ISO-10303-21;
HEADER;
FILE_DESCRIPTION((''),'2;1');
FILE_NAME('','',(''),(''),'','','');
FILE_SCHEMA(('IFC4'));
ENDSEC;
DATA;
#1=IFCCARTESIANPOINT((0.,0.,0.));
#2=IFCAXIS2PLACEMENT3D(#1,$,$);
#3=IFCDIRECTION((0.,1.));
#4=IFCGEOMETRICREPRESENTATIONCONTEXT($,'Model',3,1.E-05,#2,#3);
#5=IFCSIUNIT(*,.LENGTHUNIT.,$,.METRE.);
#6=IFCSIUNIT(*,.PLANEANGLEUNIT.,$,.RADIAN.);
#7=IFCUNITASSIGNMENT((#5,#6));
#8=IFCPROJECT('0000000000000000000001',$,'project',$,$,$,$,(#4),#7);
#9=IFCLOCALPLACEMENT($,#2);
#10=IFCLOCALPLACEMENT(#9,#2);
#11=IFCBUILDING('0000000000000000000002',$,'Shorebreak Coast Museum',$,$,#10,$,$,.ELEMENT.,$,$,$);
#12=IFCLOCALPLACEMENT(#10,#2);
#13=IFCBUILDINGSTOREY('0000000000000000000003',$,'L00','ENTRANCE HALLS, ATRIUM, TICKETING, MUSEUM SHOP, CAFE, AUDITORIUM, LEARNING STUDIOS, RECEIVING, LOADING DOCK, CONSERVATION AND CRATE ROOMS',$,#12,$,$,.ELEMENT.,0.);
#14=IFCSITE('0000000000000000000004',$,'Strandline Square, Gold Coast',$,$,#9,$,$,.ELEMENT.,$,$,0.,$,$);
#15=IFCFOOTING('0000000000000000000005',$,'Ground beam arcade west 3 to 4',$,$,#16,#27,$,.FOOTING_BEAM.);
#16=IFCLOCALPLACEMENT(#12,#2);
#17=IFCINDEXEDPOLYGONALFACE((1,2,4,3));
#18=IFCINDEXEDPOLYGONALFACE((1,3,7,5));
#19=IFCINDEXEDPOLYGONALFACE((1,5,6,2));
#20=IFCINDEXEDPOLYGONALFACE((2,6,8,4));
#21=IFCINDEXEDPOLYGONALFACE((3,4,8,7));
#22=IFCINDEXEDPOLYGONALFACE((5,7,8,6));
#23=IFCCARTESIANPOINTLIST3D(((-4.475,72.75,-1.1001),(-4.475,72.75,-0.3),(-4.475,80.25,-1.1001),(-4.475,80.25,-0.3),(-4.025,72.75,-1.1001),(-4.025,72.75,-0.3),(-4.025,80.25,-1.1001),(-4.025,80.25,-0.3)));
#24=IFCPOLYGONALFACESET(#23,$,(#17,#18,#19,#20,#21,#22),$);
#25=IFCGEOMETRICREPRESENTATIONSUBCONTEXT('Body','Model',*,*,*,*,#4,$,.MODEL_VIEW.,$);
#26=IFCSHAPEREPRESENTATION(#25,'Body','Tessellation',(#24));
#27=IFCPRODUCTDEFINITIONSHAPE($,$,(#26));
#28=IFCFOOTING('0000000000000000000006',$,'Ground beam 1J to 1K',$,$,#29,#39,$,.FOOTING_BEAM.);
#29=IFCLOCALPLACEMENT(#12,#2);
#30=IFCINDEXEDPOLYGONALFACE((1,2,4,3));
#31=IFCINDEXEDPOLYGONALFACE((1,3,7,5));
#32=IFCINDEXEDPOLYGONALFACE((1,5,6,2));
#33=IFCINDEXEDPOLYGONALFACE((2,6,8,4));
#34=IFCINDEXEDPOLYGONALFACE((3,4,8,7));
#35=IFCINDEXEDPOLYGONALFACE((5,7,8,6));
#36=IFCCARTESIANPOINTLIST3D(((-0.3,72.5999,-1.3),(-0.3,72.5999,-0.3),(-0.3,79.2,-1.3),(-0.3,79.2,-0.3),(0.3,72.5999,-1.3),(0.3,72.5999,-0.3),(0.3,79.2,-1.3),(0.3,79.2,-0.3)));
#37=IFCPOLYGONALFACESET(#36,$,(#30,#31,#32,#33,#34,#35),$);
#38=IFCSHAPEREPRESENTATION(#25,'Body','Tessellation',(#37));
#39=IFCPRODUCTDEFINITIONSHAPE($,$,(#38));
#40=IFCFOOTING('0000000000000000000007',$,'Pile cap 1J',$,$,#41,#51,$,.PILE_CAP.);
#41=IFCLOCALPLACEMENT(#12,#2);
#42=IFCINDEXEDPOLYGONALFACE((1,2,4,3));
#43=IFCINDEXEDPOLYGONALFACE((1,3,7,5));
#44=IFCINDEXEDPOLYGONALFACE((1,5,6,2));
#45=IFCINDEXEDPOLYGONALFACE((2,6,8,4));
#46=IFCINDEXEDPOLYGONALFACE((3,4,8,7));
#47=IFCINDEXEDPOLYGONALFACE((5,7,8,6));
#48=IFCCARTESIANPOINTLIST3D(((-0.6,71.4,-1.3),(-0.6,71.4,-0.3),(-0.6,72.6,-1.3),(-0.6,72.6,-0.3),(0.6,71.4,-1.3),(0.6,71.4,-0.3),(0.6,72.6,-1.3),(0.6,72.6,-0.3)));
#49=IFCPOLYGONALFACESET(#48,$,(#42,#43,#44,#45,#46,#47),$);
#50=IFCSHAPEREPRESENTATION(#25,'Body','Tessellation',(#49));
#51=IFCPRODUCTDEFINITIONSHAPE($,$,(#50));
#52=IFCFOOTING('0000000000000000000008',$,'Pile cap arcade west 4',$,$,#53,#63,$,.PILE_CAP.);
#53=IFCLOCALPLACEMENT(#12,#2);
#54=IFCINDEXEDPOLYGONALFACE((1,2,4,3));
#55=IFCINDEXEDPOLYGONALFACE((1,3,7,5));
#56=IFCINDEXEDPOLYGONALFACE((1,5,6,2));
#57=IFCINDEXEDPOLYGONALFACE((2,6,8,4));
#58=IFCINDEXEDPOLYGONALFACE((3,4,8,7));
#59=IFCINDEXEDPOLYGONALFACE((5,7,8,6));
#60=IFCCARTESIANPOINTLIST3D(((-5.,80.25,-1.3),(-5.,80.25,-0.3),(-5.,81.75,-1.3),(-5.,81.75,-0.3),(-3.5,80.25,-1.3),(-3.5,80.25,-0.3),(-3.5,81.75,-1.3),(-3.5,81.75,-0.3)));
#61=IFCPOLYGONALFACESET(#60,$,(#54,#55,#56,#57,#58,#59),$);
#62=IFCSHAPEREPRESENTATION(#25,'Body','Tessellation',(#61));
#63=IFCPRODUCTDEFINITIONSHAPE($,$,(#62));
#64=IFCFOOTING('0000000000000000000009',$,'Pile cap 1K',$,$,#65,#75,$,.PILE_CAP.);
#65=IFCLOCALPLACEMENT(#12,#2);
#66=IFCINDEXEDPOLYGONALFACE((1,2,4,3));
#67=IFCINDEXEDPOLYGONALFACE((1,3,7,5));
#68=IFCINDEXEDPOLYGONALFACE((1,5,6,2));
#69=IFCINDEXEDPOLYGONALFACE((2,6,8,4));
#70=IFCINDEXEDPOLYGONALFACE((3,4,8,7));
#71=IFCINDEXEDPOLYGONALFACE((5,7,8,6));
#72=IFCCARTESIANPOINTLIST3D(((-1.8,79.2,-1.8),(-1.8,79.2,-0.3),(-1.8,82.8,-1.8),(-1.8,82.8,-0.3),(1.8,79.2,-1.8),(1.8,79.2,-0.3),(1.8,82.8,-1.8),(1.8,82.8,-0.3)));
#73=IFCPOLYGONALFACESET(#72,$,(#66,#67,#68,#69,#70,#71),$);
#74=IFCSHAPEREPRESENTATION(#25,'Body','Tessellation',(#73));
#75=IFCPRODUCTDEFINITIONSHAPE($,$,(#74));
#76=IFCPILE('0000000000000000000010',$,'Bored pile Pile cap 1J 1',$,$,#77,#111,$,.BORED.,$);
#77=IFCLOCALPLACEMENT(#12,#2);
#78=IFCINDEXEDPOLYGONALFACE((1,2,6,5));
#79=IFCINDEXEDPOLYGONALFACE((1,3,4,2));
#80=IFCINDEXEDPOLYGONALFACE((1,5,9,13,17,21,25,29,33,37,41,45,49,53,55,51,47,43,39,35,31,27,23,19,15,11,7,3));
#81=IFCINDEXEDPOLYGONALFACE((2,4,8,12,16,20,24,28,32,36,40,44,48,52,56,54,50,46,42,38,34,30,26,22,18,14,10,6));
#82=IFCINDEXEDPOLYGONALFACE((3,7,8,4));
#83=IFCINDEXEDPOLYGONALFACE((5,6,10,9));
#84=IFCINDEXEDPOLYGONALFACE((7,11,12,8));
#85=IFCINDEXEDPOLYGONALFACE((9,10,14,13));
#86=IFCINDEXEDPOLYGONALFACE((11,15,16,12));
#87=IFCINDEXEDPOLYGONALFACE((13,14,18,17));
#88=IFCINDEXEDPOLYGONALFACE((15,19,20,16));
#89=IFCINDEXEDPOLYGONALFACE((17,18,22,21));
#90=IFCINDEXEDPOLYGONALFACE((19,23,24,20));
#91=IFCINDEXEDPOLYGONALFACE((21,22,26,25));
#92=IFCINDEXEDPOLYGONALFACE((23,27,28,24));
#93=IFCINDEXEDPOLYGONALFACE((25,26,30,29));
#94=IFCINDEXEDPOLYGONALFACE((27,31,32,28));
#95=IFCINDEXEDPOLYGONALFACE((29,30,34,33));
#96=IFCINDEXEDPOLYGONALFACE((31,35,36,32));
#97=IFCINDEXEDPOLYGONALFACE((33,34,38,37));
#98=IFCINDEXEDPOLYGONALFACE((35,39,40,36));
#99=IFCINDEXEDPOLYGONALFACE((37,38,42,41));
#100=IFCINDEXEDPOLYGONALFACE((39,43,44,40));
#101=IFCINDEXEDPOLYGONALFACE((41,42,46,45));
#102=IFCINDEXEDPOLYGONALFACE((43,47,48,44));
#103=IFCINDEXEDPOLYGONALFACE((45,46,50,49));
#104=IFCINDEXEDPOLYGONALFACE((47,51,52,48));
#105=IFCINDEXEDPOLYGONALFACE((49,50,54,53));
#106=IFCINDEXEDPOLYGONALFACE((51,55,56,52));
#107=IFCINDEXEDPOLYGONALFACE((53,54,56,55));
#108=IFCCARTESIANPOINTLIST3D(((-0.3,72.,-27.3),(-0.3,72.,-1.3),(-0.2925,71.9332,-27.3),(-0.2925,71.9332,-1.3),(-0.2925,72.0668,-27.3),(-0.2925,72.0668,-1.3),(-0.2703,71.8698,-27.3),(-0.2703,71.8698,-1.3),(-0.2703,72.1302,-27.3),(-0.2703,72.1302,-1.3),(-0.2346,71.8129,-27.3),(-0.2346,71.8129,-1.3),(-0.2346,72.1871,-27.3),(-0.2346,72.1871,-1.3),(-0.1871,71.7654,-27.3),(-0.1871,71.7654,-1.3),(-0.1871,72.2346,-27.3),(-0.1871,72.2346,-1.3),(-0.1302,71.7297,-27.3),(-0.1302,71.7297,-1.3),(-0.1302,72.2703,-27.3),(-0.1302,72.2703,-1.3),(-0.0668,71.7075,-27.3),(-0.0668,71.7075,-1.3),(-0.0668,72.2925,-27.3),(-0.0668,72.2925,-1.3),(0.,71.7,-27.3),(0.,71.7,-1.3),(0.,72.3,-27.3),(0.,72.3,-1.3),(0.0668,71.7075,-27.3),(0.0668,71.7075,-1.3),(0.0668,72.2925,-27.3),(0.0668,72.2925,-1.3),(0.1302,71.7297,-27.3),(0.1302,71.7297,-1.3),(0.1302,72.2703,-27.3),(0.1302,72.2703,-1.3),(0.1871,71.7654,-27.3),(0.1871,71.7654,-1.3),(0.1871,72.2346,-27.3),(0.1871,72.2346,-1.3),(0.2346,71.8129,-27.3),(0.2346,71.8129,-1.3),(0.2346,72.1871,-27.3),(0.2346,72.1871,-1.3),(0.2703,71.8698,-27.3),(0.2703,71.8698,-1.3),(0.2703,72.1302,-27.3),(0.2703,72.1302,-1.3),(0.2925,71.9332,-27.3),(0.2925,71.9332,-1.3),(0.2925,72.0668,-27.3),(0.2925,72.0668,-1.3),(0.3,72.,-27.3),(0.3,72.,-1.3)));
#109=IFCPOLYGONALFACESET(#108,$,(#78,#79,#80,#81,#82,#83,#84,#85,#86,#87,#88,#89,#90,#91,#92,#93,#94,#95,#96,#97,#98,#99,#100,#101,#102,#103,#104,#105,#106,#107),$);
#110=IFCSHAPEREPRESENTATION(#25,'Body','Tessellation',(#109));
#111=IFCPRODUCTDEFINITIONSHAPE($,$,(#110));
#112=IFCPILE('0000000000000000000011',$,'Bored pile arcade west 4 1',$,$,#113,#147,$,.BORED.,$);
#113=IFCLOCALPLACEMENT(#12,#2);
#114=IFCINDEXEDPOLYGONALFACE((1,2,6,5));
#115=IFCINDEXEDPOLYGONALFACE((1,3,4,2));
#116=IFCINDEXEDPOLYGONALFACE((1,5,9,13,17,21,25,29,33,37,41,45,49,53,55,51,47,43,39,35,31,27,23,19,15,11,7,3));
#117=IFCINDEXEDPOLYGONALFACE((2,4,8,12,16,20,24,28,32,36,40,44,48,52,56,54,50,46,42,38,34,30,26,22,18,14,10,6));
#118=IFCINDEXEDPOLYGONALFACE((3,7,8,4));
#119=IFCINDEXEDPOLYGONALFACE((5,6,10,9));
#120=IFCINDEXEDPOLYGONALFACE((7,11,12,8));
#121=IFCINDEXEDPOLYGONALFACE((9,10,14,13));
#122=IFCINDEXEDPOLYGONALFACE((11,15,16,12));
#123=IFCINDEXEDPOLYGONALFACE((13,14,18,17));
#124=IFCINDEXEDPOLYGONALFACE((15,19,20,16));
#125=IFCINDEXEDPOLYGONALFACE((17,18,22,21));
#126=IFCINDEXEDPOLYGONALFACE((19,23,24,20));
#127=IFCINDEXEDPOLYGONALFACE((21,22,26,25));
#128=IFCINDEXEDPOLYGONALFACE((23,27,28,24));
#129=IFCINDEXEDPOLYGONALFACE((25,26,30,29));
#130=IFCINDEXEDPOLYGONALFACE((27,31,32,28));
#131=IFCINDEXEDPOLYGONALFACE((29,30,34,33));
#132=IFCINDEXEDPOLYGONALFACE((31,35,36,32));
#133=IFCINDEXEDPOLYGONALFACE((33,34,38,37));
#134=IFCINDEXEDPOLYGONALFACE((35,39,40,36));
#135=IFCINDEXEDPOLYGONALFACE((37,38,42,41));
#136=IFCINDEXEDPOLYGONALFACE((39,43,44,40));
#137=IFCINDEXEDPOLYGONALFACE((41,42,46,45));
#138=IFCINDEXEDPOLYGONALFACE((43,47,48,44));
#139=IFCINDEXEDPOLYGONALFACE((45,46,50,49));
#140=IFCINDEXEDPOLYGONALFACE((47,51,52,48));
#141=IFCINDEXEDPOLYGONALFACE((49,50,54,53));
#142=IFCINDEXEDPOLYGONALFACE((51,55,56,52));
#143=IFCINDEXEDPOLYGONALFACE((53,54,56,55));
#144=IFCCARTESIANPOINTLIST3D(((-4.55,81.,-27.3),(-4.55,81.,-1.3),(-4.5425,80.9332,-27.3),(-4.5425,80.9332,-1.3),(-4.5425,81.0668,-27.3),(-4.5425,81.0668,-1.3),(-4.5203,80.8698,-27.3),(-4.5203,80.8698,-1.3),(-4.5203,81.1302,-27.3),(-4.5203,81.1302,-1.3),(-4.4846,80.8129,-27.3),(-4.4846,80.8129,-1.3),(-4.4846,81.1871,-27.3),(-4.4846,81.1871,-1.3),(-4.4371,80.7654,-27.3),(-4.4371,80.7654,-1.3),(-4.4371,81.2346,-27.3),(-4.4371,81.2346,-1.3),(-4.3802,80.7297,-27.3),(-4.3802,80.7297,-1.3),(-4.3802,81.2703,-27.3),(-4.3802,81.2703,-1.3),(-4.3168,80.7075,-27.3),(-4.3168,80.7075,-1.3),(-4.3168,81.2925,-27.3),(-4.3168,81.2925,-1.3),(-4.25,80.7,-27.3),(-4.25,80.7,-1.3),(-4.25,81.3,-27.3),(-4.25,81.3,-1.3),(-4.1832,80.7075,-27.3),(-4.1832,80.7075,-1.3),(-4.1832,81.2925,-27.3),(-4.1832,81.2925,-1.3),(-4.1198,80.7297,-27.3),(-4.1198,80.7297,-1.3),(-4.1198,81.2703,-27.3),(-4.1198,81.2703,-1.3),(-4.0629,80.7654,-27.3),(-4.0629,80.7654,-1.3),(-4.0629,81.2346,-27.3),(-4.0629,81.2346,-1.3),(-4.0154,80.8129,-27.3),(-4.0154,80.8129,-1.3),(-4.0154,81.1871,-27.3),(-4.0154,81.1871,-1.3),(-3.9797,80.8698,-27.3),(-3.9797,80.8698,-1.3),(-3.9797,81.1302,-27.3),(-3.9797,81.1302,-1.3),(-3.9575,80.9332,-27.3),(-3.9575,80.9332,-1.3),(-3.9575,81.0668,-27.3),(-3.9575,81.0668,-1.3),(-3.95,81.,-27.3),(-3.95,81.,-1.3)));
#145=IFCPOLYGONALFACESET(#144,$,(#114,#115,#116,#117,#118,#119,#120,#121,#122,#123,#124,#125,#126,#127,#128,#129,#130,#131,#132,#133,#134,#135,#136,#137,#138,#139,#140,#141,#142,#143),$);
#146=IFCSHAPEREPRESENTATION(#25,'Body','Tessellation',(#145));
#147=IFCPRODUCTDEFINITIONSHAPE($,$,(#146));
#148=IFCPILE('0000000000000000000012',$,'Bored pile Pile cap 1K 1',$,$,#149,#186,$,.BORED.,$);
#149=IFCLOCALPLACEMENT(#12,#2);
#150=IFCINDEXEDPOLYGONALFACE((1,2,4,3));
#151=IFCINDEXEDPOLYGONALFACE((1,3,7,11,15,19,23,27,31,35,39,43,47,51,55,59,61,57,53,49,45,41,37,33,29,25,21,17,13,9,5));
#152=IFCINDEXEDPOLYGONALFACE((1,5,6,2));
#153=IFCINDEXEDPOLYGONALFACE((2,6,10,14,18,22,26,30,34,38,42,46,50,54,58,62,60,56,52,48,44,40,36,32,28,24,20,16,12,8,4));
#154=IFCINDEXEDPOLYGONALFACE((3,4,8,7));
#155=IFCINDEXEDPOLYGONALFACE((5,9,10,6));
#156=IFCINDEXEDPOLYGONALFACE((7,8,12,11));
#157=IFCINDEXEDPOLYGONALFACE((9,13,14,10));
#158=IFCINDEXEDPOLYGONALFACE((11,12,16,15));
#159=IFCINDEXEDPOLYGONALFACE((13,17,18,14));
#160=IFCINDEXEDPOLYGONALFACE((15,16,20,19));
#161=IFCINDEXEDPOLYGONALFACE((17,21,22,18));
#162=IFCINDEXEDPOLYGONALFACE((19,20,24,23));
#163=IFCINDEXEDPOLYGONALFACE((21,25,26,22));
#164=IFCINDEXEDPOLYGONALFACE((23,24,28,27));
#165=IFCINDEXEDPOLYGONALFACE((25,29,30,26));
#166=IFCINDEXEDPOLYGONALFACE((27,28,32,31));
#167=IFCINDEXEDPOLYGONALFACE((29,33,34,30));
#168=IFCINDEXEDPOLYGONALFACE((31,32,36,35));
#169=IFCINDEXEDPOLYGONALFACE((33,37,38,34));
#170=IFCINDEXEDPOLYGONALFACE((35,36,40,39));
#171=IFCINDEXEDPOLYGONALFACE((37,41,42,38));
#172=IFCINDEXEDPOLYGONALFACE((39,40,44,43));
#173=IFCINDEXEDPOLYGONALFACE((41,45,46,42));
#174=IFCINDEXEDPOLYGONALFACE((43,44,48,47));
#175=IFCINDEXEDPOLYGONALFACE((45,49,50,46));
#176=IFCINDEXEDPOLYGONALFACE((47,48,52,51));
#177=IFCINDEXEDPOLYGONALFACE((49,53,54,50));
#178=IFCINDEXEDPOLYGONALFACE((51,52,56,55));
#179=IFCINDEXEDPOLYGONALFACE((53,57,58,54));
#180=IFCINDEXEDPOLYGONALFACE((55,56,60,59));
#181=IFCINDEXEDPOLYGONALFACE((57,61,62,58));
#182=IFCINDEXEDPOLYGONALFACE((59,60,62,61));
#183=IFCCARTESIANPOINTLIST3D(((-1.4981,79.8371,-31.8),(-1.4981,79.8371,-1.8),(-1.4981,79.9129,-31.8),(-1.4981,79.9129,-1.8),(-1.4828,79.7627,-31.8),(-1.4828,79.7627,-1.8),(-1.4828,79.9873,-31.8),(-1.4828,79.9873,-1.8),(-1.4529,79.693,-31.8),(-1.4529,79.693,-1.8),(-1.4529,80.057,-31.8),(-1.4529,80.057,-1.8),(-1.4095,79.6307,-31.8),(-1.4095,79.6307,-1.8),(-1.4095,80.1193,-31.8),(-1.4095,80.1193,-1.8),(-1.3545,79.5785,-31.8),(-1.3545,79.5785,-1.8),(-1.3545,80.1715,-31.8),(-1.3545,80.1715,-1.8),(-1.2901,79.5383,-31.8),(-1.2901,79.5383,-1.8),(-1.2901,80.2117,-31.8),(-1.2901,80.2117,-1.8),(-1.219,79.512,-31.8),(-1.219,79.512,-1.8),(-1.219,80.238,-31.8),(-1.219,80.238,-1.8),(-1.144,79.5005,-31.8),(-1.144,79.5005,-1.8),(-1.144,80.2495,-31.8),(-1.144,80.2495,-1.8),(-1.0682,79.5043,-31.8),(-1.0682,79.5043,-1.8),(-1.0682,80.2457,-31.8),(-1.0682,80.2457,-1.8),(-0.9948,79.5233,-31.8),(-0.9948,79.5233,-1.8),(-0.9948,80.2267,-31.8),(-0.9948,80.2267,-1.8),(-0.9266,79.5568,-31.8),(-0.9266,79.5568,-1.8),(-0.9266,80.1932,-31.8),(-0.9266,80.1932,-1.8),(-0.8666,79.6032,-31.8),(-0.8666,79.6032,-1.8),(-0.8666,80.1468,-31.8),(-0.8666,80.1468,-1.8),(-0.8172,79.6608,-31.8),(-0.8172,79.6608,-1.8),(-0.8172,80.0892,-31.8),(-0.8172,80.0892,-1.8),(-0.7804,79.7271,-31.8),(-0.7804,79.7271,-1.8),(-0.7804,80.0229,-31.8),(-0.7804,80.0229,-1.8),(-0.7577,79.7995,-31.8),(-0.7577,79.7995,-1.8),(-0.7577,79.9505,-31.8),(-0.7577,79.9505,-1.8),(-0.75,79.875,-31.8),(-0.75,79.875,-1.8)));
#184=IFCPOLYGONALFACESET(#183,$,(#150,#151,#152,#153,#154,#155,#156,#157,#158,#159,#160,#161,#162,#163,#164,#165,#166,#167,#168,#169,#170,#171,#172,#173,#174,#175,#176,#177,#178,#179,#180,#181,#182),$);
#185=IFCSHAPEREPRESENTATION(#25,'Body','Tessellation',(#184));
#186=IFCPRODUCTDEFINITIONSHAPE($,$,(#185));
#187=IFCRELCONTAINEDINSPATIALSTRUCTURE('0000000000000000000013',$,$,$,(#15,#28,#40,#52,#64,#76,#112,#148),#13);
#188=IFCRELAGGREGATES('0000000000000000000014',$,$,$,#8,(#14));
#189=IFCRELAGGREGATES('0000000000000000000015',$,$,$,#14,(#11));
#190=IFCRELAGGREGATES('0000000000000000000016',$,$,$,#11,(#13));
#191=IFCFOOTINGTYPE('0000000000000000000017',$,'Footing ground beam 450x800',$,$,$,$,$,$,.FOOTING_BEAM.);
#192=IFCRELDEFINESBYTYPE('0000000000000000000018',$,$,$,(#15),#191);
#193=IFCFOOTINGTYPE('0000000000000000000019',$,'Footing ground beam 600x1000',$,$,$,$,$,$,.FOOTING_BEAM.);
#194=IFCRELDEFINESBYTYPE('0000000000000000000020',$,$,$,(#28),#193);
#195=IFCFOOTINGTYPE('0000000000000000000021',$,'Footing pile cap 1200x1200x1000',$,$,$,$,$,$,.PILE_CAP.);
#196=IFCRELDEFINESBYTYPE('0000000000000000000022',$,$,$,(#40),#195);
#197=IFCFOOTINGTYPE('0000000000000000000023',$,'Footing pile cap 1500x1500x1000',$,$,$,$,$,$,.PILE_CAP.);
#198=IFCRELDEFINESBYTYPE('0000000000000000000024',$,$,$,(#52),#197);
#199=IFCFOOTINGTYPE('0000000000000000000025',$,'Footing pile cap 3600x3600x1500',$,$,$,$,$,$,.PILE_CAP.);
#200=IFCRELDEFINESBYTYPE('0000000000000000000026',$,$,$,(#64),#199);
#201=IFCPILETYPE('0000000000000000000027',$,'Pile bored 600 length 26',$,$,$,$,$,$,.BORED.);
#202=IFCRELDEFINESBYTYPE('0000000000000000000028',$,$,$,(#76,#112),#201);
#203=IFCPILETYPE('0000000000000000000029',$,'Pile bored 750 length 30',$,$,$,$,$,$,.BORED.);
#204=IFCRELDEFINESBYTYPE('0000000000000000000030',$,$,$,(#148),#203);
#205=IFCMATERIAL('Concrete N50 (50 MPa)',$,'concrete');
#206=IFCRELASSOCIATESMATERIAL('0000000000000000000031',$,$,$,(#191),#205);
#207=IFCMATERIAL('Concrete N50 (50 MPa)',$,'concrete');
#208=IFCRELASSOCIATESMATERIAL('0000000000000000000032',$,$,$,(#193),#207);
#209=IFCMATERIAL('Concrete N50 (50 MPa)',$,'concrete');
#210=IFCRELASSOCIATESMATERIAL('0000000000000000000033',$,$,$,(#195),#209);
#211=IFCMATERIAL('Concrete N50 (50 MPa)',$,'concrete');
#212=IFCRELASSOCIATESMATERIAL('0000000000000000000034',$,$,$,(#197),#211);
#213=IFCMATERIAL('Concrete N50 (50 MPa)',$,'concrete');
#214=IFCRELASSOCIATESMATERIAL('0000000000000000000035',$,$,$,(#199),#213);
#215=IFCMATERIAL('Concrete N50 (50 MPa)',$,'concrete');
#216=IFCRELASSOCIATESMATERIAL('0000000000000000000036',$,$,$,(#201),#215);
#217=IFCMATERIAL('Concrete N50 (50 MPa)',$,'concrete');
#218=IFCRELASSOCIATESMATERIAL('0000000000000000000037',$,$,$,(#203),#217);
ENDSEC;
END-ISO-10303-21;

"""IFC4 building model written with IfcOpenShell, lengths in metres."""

from ifc_helpers import new_model, si_unit, direction, frame, origin, origin_2d, place, context, subcontext, project, spatial, rectangle, circle, extrude, material, material_profile, profile_set, type_object, element, save


model = new_model("IFC4")

# Units and contexts
model_context = context("Model", 3, precision=1e-05, world=origin(), true_north=direction((0.0, 1.0)))
body_context = subcontext(model_context, "Body", "Model", "MODEL_VIEW")
ifc_project = project(units=[si_unit("LENGTHUNIT", "METRE"), si_unit("PLANEANGLEUNIT", "RADIAN")], contexts=[model_context])

# Site, building, storey
site_placement = place(None, origin())
site = spatial("IfcSite", under=ifc_project, at=site_placement, Name="Strandline Square, Gold Coast", CompositionType="ELEMENT", RefElevation=0.0)
building_placement = place(site_placement, origin())
building = spatial("IfcBuilding", under=site, at=building_placement, Name="Shorebreak Coast Museum", CompositionType="ELEMENT")
storey_placement = place(building_placement, origin())
storey = spatial("IfcBuildingStorey", under=building, at=storey_placement, Name="L00", Description="ENTRANCE HALLS, ATRIUM, TICKETING, MUSEUM SHOP, CAFE, AUDITORIUM, LEARNING STUDIOS, RECEIVING, LOADING DOCK, CONSERVATION AND CRATE ROOMS", CompositionType="ELEMENT", Elevation=0.0)

# Footings
ifc_material_1 = material(Name="Concrete N50 (50 MPa)", Category="concrete")
footing_type_1 = type_object("IfcFootingType", Name="Footing ground beam 450x800", PredefinedType="FOOTING_BEAM", material=ifc_material_1)
footing_1_placement = place(storey_placement, frame((-4.25, 76.5, -1.1001), z_axis=(0.0, 0.0, 1.0), x_axis=(1.0, 0.0, 0.0)))
element("IfcFooting", 1, at=footing_1_placement, inside=storey, type_object=footing_type_1, Name="Ground beam arcade west 3 to 4", PredefinedType="FOOTING_BEAM", context=body_context, shape_type="SweptSolid", body=[
    extrude(rectangle(XDim=0.45, YDim=7.5, at=origin_2d()), origin(), (0.0, 0.0, 1.0), 0.8),
])
ifc_material_2 = material(Name="Concrete N50 (50 MPa)", Category="concrete")
footing_type_2 = type_object("IfcFootingType", Name="Footing ground beam 600x1000", PredefinedType="FOOTING_BEAM", material=ifc_material_2)
footing_2_placement = place(storey_placement, frame((0.0, 75.8999, -1.3), z_axis=(0.0, 0.0, 1.0), x_axis=(1.0, 0.0, 0.0)))
element("IfcFooting", 2, at=footing_2_placement, inside=storey, type_object=footing_type_2, Name="Ground beam 1J to 1K", PredefinedType="FOOTING_BEAM", context=body_context, shape_type="SweptSolid", body=[
    extrude(rectangle(XDim=0.6001, YDim=6.6001, at=origin_2d()), origin(), (0.0, 0.0, 1.0), 1.0),
])
ifc_material_3 = material(Name="Concrete N50 (50 MPa)", Category="concrete")
footing_type_3 = type_object("IfcFootingType", Name="Footing pile cap 1200x1200x1000", PredefinedType="PILE_CAP", material=ifc_material_3)
footing_3_placement = place(storey_placement, frame((0.0, 72.0, -1.3), z_axis=(0.0, 0.0, 1.0), x_axis=(1.0, 0.0, 0.0)))
element("IfcFooting", 3, at=footing_3_placement, inside=storey, type_object=footing_type_3, Name="Pile cap 1J", PredefinedType="PILE_CAP", context=body_context, shape_type="SweptSolid", body=[
    extrude(rectangle(XDim=1.2, YDim=1.2, at=origin_2d()), origin(), (0.0, 0.0, 1.0), 1.0),
])
ifc_material_4 = material(Name="Concrete N50 (50 MPa)", Category="concrete")
footing_type_4 = type_object("IfcFootingType", Name="Footing pile cap 1500x1500x1000", PredefinedType="PILE_CAP", material=ifc_material_4)
footing_4_placement = place(storey_placement, frame((-4.25, 81.0, -1.3), z_axis=(0.0, 0.0, 1.0), x_axis=(1.0, 0.0, 0.0)))
element("IfcFooting", 4, at=footing_4_placement, inside=storey, type_object=footing_type_4, Name="Pile cap arcade west 4", PredefinedType="PILE_CAP", context=body_context, shape_type="SweptSolid", body=[
    extrude(rectangle(XDim=1.5, YDim=1.5, at=origin_2d()), origin(), (0.0, 0.0, 1.0), 1.0),
])
ifc_material_5 = material(Name="Concrete N50 (50 MPa)", Category="concrete")
footing_type_5 = type_object("IfcFootingType", Name="Footing pile cap 3600x3600x1500", PredefinedType="PILE_CAP", material=ifc_material_5)
footing_5_placement = place(storey_placement, frame((0.0, 81.0, -1.8), z_axis=(0.0, 0.0, 1.0), x_axis=(1.0, 0.0, 0.0)))
element("IfcFooting", 5, at=footing_5_placement, inside=storey, type_object=footing_type_5, Name="Pile cap 1K", PredefinedType="PILE_CAP", context=body_context, shape_type="SweptSolid", body=[
    extrude(rectangle(XDim=3.6001, YDim=3.6001, at=origin_2d()), origin(), (0.0, 0.0, 1.0), 1.5),
])

# Piles
ifc_material_6 = material(Name="Concrete N50 (50 MPa)", Category="concrete")
ifc_material_profile_1 = material_profile(ifc_material_6, circle(Radius=0.3, at=origin_2d()), Name="Pile bored 600 length 26")
ifc_profile_set_1 = profile_set([ifc_material_profile_1], Name="Concrete N50 (50 MPa)")
pile_type_1 = type_object("IfcPileType", Name="Pile bored 600 length 26", PredefinedType="BORED", material=ifc_profile_set_1)
for number, where, z_axis, x_axis, name in (
    (6, (0.0, 72.0, -1.3), (0.0, 0.0, -1.0), (1.0, 0.0, 0.0), "Bored pile Pile cap 1J 1"),
    (7, (-4.25, 81.0, -1.3), (0.0, 0.0, -1.0), (1.0, 0.0, 0.0), "Bored pile arcade west 4 1"),
):
    element("IfcPile", number, at=place(storey_placement, frame(where, z_axis=z_axis, x_axis=x_axis)), inside=storey, type_object=pile_type_1, Name=name, PredefinedType="BORED", context=body_context, shape_type="SweptSolid", body=[
        extrude(circle(Radius=0.3, at=origin_2d()), origin(), (0.0, 0.0, 1.0), 26.0),
    ])
ifc_material_7 = material(Name="Concrete N50 (50 MPa)", Category="concrete")
ifc_material_profile_2 = material_profile(ifc_material_7, circle(Radius=0.375, at=origin_2d()), Name="Pile bored 750 length 30")
ifc_profile_set_2 = profile_set([ifc_material_profile_2], Name="Concrete N50 (50 MPa)")
pile_type_2 = type_object("IfcPileType", Name="Pile bored 750 length 30", PredefinedType="BORED", material=ifc_profile_set_2)
pile_placement = place(storey_placement, frame((-1.125, 79.875, -1.8), z_axis=(0.0, 0.0, -1.0), x_axis=(1.0, 0.0, 0.0)))
element("IfcPile", 8, at=pile_placement, inside=storey, type_object=pile_type_2, Name="Bored pile Pile cap 1K 1", PredefinedType="BORED", context=body_context, shape_type="SweptSolid", body=[
    extrude(circle(Radius=0.375, at=origin_2d()), origin(), (0.0, 0.0, 1.0), 30.0),
])

save(model, "model.ifc")
